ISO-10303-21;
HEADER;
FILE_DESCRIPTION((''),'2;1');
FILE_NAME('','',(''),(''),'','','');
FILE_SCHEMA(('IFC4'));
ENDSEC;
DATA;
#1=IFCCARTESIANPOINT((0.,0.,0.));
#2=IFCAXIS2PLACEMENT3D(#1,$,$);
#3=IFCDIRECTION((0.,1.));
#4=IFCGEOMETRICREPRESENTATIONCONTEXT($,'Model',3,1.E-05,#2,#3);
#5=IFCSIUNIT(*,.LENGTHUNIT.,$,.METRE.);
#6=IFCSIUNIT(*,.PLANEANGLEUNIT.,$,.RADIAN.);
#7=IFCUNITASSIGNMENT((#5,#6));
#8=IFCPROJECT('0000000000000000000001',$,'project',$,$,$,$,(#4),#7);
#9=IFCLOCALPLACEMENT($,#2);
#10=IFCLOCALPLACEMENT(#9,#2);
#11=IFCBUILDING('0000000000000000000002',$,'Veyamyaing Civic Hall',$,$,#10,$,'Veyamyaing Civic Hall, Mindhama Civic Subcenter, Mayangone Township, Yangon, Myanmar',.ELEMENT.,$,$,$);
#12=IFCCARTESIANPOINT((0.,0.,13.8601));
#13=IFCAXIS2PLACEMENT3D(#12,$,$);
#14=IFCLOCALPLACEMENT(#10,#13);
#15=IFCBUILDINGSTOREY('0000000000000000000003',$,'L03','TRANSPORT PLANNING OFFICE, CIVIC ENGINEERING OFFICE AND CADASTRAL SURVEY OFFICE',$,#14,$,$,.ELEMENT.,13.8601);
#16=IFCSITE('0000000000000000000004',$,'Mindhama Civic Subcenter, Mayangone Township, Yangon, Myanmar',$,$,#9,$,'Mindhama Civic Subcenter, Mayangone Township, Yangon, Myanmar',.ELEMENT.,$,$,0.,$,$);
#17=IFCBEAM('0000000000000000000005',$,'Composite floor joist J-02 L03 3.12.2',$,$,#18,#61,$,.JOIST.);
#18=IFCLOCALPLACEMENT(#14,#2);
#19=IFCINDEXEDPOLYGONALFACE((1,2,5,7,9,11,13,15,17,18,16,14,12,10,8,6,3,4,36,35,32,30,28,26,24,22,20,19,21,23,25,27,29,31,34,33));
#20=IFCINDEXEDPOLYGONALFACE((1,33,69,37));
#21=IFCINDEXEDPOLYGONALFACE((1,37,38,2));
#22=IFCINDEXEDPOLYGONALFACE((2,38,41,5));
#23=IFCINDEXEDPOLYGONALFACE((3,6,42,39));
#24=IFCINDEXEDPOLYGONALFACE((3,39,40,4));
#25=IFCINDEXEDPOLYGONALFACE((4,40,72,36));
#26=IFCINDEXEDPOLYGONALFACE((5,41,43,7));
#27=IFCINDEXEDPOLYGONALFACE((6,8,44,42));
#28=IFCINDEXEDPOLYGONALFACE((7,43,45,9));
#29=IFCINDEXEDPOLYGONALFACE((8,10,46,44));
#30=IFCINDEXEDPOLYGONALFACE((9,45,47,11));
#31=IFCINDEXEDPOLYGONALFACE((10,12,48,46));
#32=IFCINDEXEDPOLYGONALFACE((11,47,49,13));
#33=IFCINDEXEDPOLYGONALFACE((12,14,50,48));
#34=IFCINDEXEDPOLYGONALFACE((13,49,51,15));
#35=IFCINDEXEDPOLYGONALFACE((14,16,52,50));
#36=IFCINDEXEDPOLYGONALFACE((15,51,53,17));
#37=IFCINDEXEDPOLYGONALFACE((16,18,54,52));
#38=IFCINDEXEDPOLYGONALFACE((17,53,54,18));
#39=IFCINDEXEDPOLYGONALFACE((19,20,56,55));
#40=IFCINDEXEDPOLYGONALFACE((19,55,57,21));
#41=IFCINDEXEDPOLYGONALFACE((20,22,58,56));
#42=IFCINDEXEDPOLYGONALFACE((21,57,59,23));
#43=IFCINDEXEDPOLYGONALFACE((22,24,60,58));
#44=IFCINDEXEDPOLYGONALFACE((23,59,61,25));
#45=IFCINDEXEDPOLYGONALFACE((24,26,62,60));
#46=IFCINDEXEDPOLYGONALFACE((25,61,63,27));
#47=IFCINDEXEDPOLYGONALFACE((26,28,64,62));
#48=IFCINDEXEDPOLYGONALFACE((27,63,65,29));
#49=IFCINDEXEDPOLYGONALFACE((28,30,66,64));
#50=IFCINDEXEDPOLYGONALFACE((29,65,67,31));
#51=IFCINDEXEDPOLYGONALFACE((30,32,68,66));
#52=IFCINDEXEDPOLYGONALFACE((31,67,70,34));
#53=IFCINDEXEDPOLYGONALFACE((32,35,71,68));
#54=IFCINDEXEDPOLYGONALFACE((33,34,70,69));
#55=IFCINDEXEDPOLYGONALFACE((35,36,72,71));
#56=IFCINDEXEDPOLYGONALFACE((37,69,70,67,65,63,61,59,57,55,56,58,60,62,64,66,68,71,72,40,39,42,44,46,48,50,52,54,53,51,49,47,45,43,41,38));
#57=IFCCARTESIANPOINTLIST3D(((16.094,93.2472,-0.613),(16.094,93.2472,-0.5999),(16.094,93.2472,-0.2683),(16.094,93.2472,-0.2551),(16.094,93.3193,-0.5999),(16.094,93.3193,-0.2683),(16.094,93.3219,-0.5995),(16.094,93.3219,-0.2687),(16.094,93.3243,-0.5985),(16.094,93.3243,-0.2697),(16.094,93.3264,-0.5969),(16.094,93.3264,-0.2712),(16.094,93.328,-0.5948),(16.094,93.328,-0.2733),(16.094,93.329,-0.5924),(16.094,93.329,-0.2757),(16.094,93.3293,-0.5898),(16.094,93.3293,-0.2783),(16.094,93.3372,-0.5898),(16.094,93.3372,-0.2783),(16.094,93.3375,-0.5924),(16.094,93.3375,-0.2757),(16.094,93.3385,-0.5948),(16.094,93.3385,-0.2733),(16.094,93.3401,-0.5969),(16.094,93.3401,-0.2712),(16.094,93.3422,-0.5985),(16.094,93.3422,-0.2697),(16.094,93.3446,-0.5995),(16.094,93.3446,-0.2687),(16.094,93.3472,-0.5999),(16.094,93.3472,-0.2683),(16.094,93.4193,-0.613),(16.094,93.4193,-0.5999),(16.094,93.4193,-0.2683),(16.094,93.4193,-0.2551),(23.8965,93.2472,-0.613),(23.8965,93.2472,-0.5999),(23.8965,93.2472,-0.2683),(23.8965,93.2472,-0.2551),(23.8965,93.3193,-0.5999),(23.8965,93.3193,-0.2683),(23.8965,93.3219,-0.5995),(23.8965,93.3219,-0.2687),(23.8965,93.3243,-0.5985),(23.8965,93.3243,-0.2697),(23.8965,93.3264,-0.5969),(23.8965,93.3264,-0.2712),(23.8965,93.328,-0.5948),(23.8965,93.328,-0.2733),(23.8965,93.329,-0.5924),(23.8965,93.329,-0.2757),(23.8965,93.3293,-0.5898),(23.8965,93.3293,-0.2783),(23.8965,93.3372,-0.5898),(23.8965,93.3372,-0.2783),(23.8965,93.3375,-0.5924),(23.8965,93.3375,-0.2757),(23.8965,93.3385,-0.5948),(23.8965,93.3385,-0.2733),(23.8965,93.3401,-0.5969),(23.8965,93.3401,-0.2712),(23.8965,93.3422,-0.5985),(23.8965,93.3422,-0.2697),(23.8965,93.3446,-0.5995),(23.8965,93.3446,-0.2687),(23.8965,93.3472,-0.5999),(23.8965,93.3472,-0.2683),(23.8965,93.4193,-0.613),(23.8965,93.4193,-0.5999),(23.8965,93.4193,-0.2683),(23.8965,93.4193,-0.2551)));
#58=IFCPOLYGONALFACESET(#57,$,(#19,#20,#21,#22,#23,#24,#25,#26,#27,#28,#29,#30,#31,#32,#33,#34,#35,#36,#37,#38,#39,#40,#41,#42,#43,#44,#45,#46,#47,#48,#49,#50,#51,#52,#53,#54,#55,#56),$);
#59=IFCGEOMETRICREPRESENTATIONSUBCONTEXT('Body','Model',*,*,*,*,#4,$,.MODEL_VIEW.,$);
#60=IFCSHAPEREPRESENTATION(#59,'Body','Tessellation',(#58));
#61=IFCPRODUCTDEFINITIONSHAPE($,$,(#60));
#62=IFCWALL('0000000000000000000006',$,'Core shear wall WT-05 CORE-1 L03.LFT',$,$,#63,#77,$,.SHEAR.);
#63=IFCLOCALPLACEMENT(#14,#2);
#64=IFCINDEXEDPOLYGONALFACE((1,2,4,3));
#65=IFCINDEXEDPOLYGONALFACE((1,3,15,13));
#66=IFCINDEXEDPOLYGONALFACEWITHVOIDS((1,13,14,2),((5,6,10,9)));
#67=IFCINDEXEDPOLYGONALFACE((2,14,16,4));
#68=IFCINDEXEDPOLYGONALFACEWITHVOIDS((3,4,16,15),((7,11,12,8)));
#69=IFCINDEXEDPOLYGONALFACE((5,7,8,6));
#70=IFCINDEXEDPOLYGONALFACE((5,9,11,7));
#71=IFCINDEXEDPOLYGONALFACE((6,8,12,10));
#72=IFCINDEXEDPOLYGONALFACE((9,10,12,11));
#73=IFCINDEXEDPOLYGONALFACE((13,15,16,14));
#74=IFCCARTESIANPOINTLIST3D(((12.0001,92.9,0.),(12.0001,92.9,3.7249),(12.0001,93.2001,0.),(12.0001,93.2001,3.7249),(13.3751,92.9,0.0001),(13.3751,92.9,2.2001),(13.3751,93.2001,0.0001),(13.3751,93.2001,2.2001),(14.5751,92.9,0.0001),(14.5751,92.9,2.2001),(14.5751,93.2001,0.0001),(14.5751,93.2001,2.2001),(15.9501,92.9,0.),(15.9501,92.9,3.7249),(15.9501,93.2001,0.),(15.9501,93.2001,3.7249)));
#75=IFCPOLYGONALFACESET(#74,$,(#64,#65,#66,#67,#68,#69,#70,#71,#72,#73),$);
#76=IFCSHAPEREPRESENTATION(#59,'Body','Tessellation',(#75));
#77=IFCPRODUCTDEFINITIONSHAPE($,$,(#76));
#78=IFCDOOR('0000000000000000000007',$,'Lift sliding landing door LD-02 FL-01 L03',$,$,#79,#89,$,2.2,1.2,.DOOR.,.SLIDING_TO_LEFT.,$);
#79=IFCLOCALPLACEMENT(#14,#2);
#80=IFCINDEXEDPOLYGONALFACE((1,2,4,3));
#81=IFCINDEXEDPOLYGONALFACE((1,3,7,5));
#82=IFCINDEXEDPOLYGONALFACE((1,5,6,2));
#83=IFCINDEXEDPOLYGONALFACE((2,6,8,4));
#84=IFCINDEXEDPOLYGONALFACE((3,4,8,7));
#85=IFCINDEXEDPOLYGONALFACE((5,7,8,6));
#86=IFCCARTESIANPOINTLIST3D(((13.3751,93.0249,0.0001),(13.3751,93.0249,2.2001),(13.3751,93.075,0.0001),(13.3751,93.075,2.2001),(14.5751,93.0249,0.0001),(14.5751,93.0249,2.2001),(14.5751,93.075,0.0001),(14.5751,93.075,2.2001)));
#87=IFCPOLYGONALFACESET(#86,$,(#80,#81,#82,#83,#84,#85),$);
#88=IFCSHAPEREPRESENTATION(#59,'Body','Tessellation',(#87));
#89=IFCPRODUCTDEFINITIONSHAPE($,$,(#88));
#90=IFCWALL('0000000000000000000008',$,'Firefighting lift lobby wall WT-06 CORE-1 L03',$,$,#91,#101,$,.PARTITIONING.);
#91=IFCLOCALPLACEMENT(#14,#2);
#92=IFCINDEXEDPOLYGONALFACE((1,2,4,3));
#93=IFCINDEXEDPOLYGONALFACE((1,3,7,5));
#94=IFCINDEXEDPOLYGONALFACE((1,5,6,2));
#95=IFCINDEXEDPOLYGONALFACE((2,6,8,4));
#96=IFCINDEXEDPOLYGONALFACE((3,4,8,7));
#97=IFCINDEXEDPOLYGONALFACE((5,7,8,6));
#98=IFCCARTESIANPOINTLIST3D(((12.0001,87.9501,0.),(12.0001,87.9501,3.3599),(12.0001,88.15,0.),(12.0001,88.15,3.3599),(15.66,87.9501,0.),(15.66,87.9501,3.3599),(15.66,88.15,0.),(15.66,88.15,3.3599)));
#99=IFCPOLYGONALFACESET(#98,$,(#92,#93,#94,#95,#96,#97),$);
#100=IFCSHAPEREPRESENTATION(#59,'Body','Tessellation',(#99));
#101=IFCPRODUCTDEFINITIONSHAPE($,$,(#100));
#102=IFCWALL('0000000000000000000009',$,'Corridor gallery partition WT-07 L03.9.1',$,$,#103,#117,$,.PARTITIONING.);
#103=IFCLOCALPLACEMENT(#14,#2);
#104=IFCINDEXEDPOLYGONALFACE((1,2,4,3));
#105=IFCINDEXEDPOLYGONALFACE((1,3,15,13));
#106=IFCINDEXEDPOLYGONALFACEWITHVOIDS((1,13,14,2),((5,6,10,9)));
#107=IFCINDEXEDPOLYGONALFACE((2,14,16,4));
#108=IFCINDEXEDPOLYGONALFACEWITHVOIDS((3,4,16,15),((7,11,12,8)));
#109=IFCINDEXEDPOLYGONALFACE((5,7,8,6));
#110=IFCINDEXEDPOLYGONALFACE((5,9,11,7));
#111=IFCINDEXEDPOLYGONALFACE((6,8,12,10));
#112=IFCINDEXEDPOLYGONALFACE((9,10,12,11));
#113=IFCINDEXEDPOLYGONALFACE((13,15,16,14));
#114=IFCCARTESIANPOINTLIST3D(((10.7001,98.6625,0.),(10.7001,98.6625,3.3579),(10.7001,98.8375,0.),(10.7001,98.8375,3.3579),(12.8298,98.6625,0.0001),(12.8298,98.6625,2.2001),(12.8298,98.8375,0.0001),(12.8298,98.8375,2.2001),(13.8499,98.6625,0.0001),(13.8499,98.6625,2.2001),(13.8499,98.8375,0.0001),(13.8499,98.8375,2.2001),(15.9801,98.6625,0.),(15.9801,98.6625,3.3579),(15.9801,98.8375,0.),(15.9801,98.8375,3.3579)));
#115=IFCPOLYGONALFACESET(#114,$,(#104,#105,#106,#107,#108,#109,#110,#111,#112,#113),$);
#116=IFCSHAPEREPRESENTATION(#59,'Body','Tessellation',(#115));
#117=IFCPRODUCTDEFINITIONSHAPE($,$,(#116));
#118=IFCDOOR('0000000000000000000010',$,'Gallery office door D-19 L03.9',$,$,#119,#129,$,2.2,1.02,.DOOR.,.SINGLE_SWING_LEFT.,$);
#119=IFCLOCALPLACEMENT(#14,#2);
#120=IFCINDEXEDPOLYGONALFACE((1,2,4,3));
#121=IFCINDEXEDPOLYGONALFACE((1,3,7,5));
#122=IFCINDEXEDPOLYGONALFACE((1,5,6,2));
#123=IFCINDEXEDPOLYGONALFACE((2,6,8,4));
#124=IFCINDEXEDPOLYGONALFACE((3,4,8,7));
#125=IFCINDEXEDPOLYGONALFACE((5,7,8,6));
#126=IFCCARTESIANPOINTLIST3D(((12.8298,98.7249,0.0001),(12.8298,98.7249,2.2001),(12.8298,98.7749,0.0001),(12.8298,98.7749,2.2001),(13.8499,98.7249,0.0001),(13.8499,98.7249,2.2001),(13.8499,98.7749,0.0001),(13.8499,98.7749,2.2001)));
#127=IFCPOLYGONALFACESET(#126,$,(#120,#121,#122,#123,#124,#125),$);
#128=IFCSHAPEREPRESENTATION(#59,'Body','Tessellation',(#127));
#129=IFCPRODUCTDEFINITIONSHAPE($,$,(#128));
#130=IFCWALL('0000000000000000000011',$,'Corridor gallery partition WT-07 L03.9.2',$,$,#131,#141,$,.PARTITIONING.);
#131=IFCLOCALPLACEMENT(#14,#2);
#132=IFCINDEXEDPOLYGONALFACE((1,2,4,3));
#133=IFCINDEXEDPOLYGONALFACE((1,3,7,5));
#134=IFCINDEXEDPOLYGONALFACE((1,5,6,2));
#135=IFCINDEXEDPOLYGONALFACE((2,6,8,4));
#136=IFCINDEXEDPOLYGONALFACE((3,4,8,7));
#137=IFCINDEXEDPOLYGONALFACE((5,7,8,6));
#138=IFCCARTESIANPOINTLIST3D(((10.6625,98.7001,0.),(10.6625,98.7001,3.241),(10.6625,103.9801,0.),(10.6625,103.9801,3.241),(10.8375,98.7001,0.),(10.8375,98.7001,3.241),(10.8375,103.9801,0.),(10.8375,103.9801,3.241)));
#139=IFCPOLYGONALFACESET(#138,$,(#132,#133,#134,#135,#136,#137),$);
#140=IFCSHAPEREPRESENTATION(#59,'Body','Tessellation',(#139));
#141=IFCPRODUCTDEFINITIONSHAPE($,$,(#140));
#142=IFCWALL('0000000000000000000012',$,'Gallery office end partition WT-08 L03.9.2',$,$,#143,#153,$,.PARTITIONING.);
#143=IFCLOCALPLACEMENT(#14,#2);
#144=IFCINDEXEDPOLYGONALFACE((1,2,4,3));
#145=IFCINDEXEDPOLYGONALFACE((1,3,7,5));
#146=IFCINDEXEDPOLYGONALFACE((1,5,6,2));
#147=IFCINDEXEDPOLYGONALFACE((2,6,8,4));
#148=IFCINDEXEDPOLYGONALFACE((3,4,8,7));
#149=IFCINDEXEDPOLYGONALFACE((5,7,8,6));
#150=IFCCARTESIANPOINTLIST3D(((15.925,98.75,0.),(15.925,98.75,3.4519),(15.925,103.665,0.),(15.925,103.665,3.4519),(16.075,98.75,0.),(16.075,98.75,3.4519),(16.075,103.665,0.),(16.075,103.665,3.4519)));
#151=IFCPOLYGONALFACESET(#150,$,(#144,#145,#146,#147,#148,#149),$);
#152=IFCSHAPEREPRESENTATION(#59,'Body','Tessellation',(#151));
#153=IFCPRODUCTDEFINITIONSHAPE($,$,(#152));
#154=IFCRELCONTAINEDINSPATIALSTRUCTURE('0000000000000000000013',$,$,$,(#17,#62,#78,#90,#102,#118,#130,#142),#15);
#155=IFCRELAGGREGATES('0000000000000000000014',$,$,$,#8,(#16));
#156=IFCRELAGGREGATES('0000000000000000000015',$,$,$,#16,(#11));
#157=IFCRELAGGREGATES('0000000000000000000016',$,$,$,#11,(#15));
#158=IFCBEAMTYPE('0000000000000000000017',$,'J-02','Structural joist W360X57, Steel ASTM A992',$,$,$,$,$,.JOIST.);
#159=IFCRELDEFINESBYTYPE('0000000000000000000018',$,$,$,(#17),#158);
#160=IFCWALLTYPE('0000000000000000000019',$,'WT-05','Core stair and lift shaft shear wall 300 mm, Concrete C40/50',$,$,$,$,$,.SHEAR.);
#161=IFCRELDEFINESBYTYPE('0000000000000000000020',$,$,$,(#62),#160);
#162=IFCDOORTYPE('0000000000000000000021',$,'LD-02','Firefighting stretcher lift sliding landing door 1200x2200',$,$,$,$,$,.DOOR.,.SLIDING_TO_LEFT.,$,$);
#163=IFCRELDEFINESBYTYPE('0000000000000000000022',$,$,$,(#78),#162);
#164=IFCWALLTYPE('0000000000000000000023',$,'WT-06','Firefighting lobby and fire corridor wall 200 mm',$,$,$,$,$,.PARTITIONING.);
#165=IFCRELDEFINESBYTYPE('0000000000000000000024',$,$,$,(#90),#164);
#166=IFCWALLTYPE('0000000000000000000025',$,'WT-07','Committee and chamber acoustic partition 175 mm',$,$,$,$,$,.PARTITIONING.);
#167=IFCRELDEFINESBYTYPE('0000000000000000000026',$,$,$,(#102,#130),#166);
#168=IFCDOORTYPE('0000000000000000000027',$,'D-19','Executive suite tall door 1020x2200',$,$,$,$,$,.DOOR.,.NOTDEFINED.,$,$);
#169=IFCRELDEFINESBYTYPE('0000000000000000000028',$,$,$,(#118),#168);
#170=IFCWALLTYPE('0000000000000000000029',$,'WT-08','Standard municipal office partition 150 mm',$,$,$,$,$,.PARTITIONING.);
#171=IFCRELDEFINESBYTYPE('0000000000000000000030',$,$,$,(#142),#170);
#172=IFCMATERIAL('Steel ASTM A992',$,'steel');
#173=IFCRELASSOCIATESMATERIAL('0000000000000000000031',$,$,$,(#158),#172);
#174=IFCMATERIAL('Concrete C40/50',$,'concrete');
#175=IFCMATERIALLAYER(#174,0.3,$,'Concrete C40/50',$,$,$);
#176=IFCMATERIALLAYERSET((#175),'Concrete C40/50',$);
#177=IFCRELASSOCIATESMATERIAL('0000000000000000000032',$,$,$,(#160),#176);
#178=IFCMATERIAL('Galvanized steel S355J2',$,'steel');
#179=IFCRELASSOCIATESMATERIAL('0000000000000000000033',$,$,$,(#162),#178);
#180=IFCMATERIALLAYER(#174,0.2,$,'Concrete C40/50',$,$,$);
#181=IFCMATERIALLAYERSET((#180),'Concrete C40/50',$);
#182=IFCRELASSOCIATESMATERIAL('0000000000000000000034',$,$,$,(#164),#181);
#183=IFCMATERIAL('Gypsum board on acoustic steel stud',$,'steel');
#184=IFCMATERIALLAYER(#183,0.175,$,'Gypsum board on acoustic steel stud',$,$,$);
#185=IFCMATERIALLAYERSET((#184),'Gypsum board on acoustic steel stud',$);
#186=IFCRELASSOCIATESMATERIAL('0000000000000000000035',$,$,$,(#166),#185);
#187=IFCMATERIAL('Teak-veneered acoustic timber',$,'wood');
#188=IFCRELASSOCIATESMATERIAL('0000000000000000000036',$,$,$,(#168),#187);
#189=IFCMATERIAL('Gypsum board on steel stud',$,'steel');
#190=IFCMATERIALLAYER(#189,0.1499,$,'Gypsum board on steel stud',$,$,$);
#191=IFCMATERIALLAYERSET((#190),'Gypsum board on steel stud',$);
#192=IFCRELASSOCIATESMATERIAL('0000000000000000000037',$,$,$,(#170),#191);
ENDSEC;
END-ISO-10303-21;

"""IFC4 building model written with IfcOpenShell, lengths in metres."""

from ifc_helpers import new_model, si_unit, direction, frame, frame_2d, origin, origin_2d, place, context, subcontext, project, spatial, rectangle, i_section, extrude, material, layer, layer_set, material_profile, profile_set, type_object, element, fill, save


model = new_model("IFC4")

# Units and contexts
model_context = context("Model", 3, precision=1e-05, world=origin(), true_north=direction((0.0, 1.0)))
body_context = subcontext(model_context, "Body", "Model", "MODEL_VIEW")
ifc_project = project(units=[si_unit("LENGTHUNIT", "METRE"), si_unit("PLANEANGLEUNIT", "RADIAN")], contexts=[model_context])

# Site, building, storey
site_placement = place(None, origin())
site = spatial("IfcSite", under=ifc_project, at=site_placement, Name="Mindhama Civic Subcenter, Mayangone Township, Yangon, Myanmar", LongName="Mindhama Civic Subcenter, Mayangone Township, Yangon, Myanmar", CompositionType="ELEMENT", RefElevation=0.0)
building_placement = place(site_placement, origin())
building = spatial("IfcBuilding", under=site, at=building_placement, Name="Veyamyaing Civic Hall", LongName="Veyamyaing Civic Hall, Mindhama Civic Subcenter, Mayangone Township, Yangon, Myanmar", CompositionType="ELEMENT")
storey_placement = place(building_placement, frame((0.0, 0.0, 13.8601)))
storey = spatial("IfcBuildingStorey", under=building, at=storey_placement, Name="L03", Description="TRANSPORT PLANNING OFFICE, CIVIC ENGINEERING OFFICE AND CADASTRAL SURVEY OFFICE", CompositionType="ELEMENT", Elevation=13.8601)

# Beam
ifc_material_1 = material(Name="Steel ASTM A992", Category="steel")
ifc_material_profile_1 = material_profile(ifc_material_1, i_section(OverallWidth=0.1721, OverallDepth=0.3579, WebThickness=0.0078, FlangeThickness=0.0132, FilletRadius=0.01, at=origin_2d()), Name="W360X57")
ifc_profile_set_1 = profile_set([ifc_material_profile_1], Name="Steel ASTM A992")
beam_type_1 = type_object("IfcBeamType", Name="J-02", Description="Structural joist W360X57, Steel ASTM A992", PredefinedType="JOIST", material=ifc_profile_set_1)
for number, where, z_axis, x_axis, name in (
    (1, (16.094, 93.3333, -0.4341), (1.0, 0.0, 0.0), (0.0, 1.0, 0.0), "Composite floor joist J-02 L03 3.12.2"),
):
    element("IfcBeam", number, at=place(storey_placement, frame(where, z_axis=z_axis, x_axis=x_axis)), inside=storey, type_object=beam_type_1, Name=name, PredefinedType="JOIST", context=body_context, shape_type="SweptSolid", body=[
        extrude(i_section(OverallWidth=0.1721, OverallDepth=0.3579, WebThickness=0.0078, FlangeThickness=0.0132, FilletRadius=0.01, at=origin_2d()), origin(), (0.0, 0.0, 1.0), 7.8025),
    ])

# Wall, opening, door
ifc_material_2 = material(Name="Concrete C40/50", Category="concrete")
ifc_layer_1 = layer(ifc_material_2, 0.3, Name="Concrete C40/50")
ifc_layer_set_1 = layer_set([ifc_layer_1], Name="Concrete C40/50")
wall_type_1 = type_object("IfcWallType", Name="WT-05", Description="Core stair and lift shaft shear wall 300 mm, Concrete C40/50", PredefinedType="SHEAR", material=ifc_layer_set_1)
ifc_material_3 = material(Name="Galvanized steel S355J2", Category="steel")
wall_1_placement = place(storey_placement, frame((12.0, 93.05, 0.0), z_axis=(0.0, 0.0, 1.0), x_axis=(1.0, 0.0, 0.0)))
wall_1 = element("IfcWall", 2, at=wall_1_placement, inside=storey, type_object=wall_type_1, Name="Core shear wall WT-05 CORE-1 L03.LFT", PredefinedType="SHEAR", context=body_context, shape_type="SweptSolid", body=[
    extrude(rectangle(XDim=3.95, YDim=0.3, at=frame_2d((1.9751, 0.0))), origin(), (0.0, 0.0, 1.0), 3.7249),
])
opening_1_placement = place(wall_1_placement, frame((1.375, 0.0, 0.0)))
opening_1 = element("IfcOpeningElement", 3, at=opening_1_placement, cuts=wall_1, PredefinedType="OPENING", context=body_context, shape_type="SweptSolid", body=[
    extrude(rectangle(XDim=1.2, YDim=2.2, at=frame_2d((0.6001, 1.1001))), frame((0.0, 0.1599, 0.0), z_axis=(0.0, -1.0, 0.0), x_axis=(1.0, 0.0, 0.0)), (0.0, 0.0, 1.0), 0.3201),
])
door_type_1 = type_object("IfcDoorType", Name="LD-02", Description="Firefighting stretcher lift sliding landing door 1200x2200", OperationType="SLIDING_TO_LEFT", PredefinedType="DOOR", material=ifc_material_3)
door_1_placement = place(opening_1_placement, origin())
door_1 = element("IfcDoor", 4, at=door_1_placement, inside=storey, type_object=door_type_1, Name="Lift sliding landing door LD-02 FL-01 L03", OperationType="SLIDING_TO_LEFT", OverallHeight=2.2, OverallWidth=1.2, PredefinedType="DOOR", context=body_context, shape_type="SweptSolid", body=[
    extrude(rectangle(XDim=1.2, YDim=2.2, at=frame_2d((0.6001, 1.1001))), frame((0.0, 0.0249, 0.0), z_axis=(0.0, -1.0, 0.0), x_axis=(1.0, 0.0, 0.0)), (0.0, 0.0, 1.0), 0.05),
])
fill(opening_1, door_1)

# Wall
ifc_layer_2 = layer(ifc_material_2, 0.2, Name="Concrete C40/50")
ifc_layer_set_2 = layer_set([ifc_layer_2], Name="Concrete C40/50")
wall_type_2 = type_object("IfcWallType", Name="WT-06", Description="Firefighting lobby and fire corridor wall 200 mm", PredefinedType="PARTITIONING", material=ifc_layer_set_2)
wall_2_placement = place(storey_placement, frame((12.0, 88.05, 0.0), z_axis=(0.0, 0.0, 1.0), x_axis=(1.0, 0.0, 0.0)))
element("IfcWall", 5, at=wall_2_placement, inside=storey, type_object=wall_type_2, Name="Firefighting lift lobby wall WT-06 CORE-1 L03", PredefinedType="PARTITIONING", context=body_context, shape_type="SweptSolid", body=[
    extrude(rectangle(XDim=3.6599, YDim=0.2, at=frame_2d((1.8301, 0.0))), origin(), (0.0, 0.0, 1.0), 3.3599),
])

# Wall, opening, door
ifc_material_4 = material(Name="Gypsum board on acoustic steel stud", Category="steel")
ifc_layer_3 = layer(ifc_material_4, 0.175, Name="Gypsum board on acoustic steel stud")
ifc_layer_set_3 = layer_set([ifc_layer_3], Name="Gypsum board on acoustic steel stud")
wall_type_3 = type_object("IfcWallType", Name="WT-07", Description="Committee and chamber acoustic partition 175 mm", PredefinedType="PARTITIONING", material=ifc_layer_set_3)
wall_3_placement = place(storey_placement, frame((10.7, 98.75, 0.0), z_axis=(0.0, 0.0, 1.0), x_axis=(1.0, 0.0, 0.0)))
wall_3 = element("IfcWall", 6, at=wall_3_placement, inside=storey, type_object=wall_type_3, Name="Corridor gallery partition WT-07 L03.9.1", PredefinedType="PARTITIONING", context=body_context, shape_type="SweptSolid", body=[
    extrude(rectangle(XDim=5.28, YDim=0.175, at=frame_2d((2.6401, 0.0))), origin(), (0.0, 0.0, 1.0), 3.3579),
])
opening_2_placement = place(wall_3_placement, frame((2.1299, 0.0, 0.0)))
opening_2 = element("IfcOpeningElement", 7, at=opening_2_placement, cuts=wall_3, PredefinedType="OPENING", context=body_context, shape_type="SweptSolid", body=[
    extrude(rectangle(XDim=1.02, YDim=2.2, at=frame_2d((0.51, 1.1001))), frame((0.0, 0.0974, 0.0), z_axis=(0.0, -1.0, 0.0), x_axis=(1.0, 0.0, 0.0)), (0.0, 0.0, 1.0), 0.1951),
])
ifc_material_5 = material(Name="Teak-veneered acoustic timber", Category="wood")
door_type_2 = type_object("IfcDoorType", Name="D-19", Description="Executive suite tall door 1020x2200", OperationType="NOTDEFINED", PredefinedType="DOOR", material=ifc_material_5)
door_2_placement = place(opening_2_placement, origin())
door_2 = element("IfcDoor", 8, at=door_2_placement, inside=storey, type_object=door_type_2, Name="Gallery office door D-19 L03.9", OperationType="SINGLE_SWING_LEFT", OverallHeight=2.2, OverallWidth=1.02, PredefinedType="DOOR", context=body_context, shape_type="SweptSolid", body=[
    extrude(rectangle(XDim=1.02, YDim=2.2, at=frame_2d((0.51, 1.1001))), frame((0.0, 0.0249, 0.0), z_axis=(0.0, -1.0, 0.0), x_axis=(1.0, 0.0, 0.0)), (0.0, 0.0, 1.0), 0.05),
])
fill(opening_2, door_2)

# Walls
wall_4_placement = place(storey_placement, frame((10.75, 98.7, 0.0), z_axis=(0.0, 0.0, 1.0), x_axis=(0.0, 1.0, 0.0)))
element("IfcWall", 9, at=wall_4_placement, inside=storey, type_object=wall_type_3, Name="Corridor gallery partition WT-07 L03.9.2", PredefinedType="PARTITIONING", context=body_context, shape_type="SweptSolid", body=[
    extrude(rectangle(XDim=5.28, YDim=0.175, at=frame_2d((2.6401, 0.0))), origin(), (0.0, 0.0, 1.0), 3.241),
])
ifc_material_6 = material(Name="Gypsum board on steel stud", Category="steel")
ifc_layer_4 = layer(ifc_material_6, 0.1499, Name="Gypsum board on steel stud")
ifc_layer_set_4 = layer_set([ifc_layer_4], Name="Gypsum board on steel stud")
wall_type_4 = type_object("IfcWallType", Name="WT-08", Description="Standard municipal office partition 150 mm", PredefinedType="PARTITIONING", material=ifc_layer_set_4)
wall_5_placement = place(storey_placement, frame((16.0, 98.75, 0.0), z_axis=(0.0, 0.0, 1.0), x_axis=(0.0, 1.0, 0.0)))
element("IfcWall", 10, at=wall_5_placement, inside=storey, type_object=wall_type_4, Name="Gallery office end partition WT-08 L03.9.2", PredefinedType="PARTITIONING", context=body_context, shape_type="SweptSolid", body=[
    extrude(rectangle(XDim=4.915, YDim=0.1499, at=frame_2d((2.4575, 0.0))), origin(), (0.0, 0.0, 1.0), 3.4519),
])

save(model, "model.ifc")
